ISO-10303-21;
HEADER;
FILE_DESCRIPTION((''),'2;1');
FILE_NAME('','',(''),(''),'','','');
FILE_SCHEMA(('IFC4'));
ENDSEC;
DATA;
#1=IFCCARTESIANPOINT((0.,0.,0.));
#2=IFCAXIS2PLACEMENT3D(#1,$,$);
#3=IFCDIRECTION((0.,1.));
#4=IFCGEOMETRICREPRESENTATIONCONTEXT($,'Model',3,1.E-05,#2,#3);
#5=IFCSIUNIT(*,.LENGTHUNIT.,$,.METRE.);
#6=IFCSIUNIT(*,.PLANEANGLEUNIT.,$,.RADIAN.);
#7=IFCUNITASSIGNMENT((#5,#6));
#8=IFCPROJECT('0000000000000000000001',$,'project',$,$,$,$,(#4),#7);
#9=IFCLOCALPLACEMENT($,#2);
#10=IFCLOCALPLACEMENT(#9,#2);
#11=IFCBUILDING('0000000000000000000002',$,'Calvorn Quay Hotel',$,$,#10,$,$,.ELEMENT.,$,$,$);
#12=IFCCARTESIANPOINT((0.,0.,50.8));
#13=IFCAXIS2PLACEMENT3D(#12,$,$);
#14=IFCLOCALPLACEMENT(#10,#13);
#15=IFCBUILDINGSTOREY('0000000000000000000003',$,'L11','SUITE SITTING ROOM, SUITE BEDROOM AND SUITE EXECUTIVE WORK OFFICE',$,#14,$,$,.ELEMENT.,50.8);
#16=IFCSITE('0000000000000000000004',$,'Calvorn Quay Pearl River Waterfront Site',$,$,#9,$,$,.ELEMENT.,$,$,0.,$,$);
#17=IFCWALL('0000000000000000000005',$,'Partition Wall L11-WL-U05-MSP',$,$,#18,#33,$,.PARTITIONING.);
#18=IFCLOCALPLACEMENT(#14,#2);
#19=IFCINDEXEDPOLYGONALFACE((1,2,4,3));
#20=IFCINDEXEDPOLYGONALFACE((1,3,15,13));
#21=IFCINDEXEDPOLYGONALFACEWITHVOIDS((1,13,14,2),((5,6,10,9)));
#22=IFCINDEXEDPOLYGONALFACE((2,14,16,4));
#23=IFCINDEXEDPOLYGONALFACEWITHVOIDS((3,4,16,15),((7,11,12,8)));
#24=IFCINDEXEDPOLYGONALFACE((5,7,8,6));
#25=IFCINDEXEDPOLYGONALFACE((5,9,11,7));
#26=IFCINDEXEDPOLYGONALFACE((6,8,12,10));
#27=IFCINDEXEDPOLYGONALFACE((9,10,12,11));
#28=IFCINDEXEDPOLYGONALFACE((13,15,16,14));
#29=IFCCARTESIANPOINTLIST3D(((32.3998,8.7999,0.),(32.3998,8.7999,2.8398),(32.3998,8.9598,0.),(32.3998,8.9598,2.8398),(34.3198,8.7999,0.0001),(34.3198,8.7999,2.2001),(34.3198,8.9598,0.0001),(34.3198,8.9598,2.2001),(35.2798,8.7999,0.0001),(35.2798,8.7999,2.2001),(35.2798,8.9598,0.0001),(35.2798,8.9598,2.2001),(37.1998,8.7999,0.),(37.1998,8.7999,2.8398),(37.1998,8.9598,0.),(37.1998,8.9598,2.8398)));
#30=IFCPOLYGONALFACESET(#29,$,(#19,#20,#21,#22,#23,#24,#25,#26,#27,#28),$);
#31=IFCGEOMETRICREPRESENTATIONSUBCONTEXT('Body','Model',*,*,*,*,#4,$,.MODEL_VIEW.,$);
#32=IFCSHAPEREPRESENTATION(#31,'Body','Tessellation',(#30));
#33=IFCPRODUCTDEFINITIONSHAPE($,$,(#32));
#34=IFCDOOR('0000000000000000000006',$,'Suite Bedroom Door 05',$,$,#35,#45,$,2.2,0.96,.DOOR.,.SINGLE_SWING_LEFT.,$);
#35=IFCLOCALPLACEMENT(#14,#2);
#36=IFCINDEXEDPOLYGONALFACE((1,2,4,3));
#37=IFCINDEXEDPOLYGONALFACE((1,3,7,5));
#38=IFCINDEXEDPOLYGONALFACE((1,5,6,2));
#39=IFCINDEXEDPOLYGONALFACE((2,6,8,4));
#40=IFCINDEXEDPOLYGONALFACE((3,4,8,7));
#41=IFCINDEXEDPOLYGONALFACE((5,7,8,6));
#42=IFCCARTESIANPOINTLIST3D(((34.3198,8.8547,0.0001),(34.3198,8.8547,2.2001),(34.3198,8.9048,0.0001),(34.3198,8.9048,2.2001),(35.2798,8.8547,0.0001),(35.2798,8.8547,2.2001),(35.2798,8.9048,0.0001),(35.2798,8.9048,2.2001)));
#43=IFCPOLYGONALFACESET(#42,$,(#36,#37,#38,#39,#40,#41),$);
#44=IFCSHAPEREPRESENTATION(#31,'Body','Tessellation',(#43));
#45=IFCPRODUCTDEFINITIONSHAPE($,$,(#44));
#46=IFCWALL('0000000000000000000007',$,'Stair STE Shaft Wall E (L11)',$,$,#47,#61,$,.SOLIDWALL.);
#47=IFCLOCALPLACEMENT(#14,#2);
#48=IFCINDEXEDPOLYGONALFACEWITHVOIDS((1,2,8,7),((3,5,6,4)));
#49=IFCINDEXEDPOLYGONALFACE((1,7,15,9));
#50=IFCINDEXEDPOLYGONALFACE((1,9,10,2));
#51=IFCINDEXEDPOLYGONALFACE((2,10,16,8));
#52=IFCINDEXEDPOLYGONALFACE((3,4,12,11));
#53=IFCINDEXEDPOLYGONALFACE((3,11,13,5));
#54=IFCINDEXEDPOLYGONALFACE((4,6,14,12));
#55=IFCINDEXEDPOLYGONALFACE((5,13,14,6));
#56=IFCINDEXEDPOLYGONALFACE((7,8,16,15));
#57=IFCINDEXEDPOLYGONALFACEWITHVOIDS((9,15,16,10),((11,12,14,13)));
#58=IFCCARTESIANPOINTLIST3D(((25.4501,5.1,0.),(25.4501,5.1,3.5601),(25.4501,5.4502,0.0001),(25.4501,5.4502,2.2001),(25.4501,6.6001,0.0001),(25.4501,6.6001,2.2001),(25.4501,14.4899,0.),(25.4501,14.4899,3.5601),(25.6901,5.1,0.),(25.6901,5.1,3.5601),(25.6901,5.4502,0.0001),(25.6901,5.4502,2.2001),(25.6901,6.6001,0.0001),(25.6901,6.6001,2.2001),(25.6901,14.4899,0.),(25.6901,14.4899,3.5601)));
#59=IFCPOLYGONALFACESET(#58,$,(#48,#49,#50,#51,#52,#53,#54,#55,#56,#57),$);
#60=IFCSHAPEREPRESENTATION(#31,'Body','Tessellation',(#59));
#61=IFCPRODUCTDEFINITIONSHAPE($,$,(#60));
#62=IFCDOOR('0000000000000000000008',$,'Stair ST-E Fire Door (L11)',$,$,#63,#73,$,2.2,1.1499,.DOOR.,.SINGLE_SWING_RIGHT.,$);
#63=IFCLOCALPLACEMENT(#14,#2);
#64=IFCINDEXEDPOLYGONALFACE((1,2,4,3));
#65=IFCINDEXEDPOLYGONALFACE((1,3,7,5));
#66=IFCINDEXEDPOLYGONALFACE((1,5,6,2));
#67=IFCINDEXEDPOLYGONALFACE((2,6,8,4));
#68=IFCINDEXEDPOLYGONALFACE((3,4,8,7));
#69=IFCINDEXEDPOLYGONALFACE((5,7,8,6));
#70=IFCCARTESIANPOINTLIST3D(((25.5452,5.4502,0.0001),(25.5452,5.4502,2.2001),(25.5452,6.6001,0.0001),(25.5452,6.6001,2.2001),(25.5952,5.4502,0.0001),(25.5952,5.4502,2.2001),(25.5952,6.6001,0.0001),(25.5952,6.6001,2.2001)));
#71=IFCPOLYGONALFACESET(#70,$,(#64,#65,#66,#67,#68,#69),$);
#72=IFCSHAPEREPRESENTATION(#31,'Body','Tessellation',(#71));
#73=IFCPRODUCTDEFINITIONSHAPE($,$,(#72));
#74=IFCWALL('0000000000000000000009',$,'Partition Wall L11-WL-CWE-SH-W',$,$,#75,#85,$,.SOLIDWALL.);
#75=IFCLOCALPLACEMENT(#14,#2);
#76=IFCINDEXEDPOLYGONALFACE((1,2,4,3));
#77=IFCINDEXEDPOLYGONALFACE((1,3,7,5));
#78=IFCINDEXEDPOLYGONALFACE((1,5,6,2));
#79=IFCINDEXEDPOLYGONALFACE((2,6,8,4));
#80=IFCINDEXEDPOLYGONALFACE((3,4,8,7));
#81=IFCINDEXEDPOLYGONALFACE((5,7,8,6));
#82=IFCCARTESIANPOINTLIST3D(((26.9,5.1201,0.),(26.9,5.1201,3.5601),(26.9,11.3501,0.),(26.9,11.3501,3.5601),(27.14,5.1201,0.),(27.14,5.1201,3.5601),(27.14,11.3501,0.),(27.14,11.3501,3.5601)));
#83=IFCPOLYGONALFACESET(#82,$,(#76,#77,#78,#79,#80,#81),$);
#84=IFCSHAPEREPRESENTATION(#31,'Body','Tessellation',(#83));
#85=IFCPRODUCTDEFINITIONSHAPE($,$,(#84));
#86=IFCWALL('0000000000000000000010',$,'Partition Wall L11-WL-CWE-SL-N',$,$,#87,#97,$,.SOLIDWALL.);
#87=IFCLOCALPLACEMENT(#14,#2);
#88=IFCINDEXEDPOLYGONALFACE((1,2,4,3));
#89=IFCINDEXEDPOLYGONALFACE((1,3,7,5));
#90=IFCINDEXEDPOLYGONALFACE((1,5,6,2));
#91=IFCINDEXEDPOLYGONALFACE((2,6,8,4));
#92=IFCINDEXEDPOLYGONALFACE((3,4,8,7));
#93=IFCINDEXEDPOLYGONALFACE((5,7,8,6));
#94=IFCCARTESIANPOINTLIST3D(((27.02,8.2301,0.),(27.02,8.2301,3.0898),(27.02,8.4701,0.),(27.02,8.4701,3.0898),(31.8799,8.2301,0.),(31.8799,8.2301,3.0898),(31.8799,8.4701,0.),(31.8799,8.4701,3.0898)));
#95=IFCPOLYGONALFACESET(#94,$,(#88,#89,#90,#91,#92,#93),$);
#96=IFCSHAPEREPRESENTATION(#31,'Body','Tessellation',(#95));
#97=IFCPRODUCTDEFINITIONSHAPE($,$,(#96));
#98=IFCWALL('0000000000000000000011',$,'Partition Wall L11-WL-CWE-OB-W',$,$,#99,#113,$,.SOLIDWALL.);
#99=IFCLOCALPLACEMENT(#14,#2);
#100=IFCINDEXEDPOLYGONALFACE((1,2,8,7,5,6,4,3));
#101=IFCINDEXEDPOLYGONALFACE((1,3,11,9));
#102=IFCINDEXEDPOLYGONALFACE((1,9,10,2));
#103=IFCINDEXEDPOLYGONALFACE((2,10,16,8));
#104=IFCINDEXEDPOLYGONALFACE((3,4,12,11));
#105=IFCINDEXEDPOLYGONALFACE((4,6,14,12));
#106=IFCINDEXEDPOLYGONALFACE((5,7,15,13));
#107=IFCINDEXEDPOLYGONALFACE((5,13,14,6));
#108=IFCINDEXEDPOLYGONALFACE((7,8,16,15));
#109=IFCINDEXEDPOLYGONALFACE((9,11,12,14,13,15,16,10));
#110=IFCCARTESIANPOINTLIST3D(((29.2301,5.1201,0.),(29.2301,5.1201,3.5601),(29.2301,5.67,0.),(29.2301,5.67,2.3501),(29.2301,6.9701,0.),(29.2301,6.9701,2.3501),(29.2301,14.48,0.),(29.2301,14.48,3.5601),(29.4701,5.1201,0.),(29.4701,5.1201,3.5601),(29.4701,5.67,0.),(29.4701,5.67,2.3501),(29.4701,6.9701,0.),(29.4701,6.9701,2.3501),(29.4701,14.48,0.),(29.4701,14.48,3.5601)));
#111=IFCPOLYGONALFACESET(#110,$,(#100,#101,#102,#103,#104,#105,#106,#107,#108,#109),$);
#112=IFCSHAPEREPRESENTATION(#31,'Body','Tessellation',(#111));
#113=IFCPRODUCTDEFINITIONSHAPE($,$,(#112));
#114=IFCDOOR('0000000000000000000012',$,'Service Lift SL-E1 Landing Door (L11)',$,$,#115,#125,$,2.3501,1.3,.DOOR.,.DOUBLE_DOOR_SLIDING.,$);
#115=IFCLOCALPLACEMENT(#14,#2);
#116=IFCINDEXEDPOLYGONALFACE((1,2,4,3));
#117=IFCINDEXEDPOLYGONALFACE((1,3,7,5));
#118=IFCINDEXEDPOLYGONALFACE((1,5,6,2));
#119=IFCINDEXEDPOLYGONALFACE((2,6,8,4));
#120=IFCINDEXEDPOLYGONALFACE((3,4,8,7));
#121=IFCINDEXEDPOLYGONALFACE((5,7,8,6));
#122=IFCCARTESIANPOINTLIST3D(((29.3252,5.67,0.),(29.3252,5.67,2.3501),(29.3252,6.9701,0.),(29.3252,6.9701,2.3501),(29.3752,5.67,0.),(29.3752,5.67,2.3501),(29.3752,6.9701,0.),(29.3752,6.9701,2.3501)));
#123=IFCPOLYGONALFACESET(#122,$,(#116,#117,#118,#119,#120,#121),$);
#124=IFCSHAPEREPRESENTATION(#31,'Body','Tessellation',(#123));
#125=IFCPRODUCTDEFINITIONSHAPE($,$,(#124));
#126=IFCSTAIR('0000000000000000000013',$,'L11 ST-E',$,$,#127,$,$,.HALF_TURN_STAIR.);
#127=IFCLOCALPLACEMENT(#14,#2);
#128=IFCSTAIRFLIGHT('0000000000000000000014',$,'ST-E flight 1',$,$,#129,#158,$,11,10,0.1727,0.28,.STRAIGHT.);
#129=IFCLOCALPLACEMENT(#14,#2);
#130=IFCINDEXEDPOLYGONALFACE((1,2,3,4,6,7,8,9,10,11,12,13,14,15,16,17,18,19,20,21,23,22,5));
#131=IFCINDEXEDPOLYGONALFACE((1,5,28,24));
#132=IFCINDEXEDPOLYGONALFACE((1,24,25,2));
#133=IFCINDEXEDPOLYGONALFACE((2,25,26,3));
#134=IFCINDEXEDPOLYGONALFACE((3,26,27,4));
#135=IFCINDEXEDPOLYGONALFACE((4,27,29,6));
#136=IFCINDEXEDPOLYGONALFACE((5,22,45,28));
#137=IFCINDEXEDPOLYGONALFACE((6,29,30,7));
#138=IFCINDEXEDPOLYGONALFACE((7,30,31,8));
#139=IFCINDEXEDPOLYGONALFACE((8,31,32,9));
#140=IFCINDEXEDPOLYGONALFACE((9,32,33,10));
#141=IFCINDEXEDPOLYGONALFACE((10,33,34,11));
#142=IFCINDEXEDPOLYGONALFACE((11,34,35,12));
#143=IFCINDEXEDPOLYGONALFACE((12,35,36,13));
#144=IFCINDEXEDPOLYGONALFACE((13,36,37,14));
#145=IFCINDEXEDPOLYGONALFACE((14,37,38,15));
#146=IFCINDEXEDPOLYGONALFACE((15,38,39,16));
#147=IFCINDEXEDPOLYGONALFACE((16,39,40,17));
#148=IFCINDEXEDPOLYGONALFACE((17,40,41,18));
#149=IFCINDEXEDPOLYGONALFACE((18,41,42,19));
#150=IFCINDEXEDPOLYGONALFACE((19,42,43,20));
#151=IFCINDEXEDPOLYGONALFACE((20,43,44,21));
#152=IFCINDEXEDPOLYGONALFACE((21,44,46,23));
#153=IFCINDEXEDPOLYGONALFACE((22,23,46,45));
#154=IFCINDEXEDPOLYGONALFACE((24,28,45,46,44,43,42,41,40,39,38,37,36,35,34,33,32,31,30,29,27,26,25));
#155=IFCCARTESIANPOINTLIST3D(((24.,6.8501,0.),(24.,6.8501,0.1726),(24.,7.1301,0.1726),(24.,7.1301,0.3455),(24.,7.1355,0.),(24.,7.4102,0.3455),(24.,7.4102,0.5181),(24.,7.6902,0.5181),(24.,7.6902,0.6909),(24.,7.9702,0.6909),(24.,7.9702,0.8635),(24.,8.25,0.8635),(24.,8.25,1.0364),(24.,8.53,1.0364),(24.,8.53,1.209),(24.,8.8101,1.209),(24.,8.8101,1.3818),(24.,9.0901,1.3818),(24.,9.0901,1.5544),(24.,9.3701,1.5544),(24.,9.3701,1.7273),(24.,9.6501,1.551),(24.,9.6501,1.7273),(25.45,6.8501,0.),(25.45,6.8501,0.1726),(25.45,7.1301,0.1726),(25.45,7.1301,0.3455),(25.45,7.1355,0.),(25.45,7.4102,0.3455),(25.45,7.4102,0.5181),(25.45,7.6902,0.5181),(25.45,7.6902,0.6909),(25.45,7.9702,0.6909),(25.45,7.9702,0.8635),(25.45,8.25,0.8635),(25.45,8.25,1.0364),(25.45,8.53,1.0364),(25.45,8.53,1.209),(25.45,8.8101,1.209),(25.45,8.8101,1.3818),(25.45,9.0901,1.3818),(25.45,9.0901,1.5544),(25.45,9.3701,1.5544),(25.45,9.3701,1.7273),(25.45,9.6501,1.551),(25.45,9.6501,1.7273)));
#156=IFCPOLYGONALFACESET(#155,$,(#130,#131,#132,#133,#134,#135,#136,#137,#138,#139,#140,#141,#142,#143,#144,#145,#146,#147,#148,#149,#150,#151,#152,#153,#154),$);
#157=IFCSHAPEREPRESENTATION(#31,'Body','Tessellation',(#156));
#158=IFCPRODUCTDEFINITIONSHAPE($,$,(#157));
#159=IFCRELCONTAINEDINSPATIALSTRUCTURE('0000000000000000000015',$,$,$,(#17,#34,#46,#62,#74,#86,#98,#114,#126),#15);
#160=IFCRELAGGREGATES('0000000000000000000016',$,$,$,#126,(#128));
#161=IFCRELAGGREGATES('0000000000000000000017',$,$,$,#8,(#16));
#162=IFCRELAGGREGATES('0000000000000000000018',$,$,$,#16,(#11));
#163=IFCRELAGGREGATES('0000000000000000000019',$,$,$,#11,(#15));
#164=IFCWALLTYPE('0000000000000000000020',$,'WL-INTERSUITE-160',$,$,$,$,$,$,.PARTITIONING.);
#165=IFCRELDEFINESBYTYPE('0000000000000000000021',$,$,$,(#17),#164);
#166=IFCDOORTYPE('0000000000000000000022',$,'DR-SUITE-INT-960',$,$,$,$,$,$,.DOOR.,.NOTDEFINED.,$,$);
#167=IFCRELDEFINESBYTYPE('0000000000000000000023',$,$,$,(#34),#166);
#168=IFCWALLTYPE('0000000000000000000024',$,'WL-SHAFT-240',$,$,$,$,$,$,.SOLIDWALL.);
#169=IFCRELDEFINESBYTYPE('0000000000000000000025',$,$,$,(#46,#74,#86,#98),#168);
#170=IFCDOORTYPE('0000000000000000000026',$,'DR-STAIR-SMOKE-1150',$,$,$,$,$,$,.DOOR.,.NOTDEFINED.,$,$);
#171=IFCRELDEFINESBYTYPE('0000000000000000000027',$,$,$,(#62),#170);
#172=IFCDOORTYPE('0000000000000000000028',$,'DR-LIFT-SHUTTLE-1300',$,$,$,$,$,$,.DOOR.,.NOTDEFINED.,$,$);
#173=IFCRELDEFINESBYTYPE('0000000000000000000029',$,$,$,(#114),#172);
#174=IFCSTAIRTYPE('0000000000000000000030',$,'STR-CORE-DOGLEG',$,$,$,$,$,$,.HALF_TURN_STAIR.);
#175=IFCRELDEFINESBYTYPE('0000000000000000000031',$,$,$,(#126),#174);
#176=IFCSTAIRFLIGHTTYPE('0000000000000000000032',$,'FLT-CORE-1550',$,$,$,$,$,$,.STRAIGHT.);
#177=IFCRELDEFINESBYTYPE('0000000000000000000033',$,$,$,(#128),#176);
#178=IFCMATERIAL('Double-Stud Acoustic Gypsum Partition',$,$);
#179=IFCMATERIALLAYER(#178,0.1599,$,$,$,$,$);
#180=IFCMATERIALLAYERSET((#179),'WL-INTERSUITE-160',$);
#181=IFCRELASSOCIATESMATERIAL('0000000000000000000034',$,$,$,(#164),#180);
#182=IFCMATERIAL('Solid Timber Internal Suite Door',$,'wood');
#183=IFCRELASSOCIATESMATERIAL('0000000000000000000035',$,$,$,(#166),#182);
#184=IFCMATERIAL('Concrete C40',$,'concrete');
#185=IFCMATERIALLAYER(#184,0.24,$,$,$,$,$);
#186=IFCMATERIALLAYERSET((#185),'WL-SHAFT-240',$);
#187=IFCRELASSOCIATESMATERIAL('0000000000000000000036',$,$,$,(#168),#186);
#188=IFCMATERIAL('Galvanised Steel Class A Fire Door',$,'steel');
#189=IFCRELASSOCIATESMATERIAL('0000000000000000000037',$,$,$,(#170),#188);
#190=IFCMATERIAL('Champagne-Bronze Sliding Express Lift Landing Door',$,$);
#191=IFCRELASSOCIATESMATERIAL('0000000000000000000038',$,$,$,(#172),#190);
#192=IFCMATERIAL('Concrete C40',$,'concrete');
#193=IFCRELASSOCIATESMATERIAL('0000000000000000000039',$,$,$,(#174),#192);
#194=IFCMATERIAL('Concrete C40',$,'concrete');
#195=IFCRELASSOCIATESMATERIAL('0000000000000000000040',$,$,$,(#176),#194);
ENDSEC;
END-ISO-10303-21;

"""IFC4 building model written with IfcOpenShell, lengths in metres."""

from ifc_helpers import new_model, si_unit, direction, frame, frame_2d, origin, place, context, subcontext, project, spatial, polyline, rectangle, outline, extrude, material, layer, layer_set, type_object, element, fill, aggregate, save


model = new_model("IFC4")

# Units and contexts
model_context = context("Model", 3, precision=1e-05, world=origin(), true_north=direction((0.0, 1.0)))
body_context = subcontext(model_context, "Body", "Model", "MODEL_VIEW")
ifc_project = project(units=[si_unit("LENGTHUNIT", "METRE"), si_unit("PLANEANGLEUNIT", "RADIAN")], contexts=[model_context])

# Site, building, storey
site_placement = place(None, origin())
site = spatial("IfcSite", under=ifc_project, at=site_placement, Name="Calvorn Quay Pearl River Waterfront Site", CompositionType="ELEMENT", RefElevation=0.0)
building_placement = place(site_placement, origin())
building = spatial("IfcBuilding", under=site, at=building_placement, Name="Calvorn Quay Hotel", CompositionType="ELEMENT")
storey_placement = place(building_placement, frame((0.0, 0.0, 50.8)))
storey = spatial("IfcBuildingStorey", under=building, at=storey_placement, Name="L11", Description="SUITE SITTING ROOM, SUITE BEDROOM AND SUITE EXECUTIVE WORK OFFICE", CompositionType="ELEMENT", Elevation=50.8)

# Walls, openings, doors
ifc_material_1 = material(Name="Double-Stud Acoustic Gypsum Partition")
ifc_layer_1 = layer(ifc_material_1, 0.1599)
ifc_layer_set_1 = layer_set([ifc_layer_1], Name="WL-INTERSUITE-160")
wall_type_1 = type_object("IfcWallType", Name="WL-INTERSUITE-160", PredefinedType="PARTITIONING", material=ifc_layer_set_1)
wall_1_placement = place(storey_placement, frame((32.3999, 8.8799, 0.0), z_axis=(0.0, 0.0, 1.0), x_axis=(1.0, 0.0, 0.0)))
wall_1 = element("IfcWall", 1, at=wall_1_placement, inside=storey, type_object=wall_type_1, Name="Partition Wall L11-WL-U05-MSP", PredefinedType="PARTITIONING", context=body_context, shape_type="SweptSolid", body=[
    extrude(rectangle(XDim=4.8, YDim=0.1599, at=frame_2d((2.3999, 0.0))), origin(), (0.0, 0.0, 1.0), 2.8398),
])
opening_1_placement = place(wall_1_placement, frame((1.9199, 0.0, 0.0)))
opening_1 = element("IfcOpeningElement", 2, at=opening_1_placement, cuts=wall_1, PredefinedType="OPENING", context=body_context, shape_type="SweptSolid", body=[
    extrude(rectangle(XDim=0.96, YDim=2.2, at=frame_2d((0.48, 1.1001))), frame((0.0, 0.0898, 0.0), z_axis=(0.0, -1.0, 0.0), x_axis=(1.0, 0.0, 0.0)), (0.0, 0.0, 1.0), 0.1799),
])
ifc_material_2 = material(Name="Solid Timber Internal Suite Door", Category="wood")
door_type_1 = type_object("IfcDoorType", Name="DR-SUITE-INT-960", OperationType="NOTDEFINED", PredefinedType="DOOR", material=ifc_material_2)
door_1_placement = place(opening_1_placement, origin())
door_1 = element("IfcDoor", 3, at=door_1_placement, inside=storey, type_object=door_type_1, Name="Suite Bedroom Door 05", OperationType="SINGLE_SWING_LEFT", OverallHeight=2.2, OverallWidth=0.96, PredefinedType="DOOR", context=body_context, shape_type="SweptSolid", body=[
    extrude(rectangle(XDim=0.96, YDim=2.2, at=frame_2d((0.48, 1.1001))), frame((0.0, 0.0249, 0.0), z_axis=(0.0, -1.0, 0.0), x_axis=(1.0, 0.0, 0.0)), (0.0, 0.0, 1.0), 0.05),
])
fill(opening_1, door_1)
ifc_material_3 = material(Name="Concrete C40", Category="concrete")
ifc_layer_2 = layer(ifc_material_3, 0.24)
ifc_layer_set_2 = layer_set([ifc_layer_2], Name="WL-SHAFT-240")
wall_type_2 = type_object("IfcWallType", Name="WL-SHAFT-240", PredefinedType="SOLIDWALL", material=ifc_layer_set_2)
wall_2_placement = place(storey_placement, frame((25.5701, 5.1001, 0.0), z_axis=(0.0, 0.0, 1.0), x_axis=(0.0, 1.0, 0.0)))
wall_2 = element("IfcWall", 4, at=wall_2_placement, inside=storey, type_object=wall_type_2, Name="Stair STE Shaft Wall E (L11)", PredefinedType="SOLIDWALL", context=body_context, shape_type="SweptSolid", body=[
    extrude(rectangle(XDim=9.3899, YDim=0.24, at=frame_2d((4.6948, 0.0))), origin(), (0.0, 0.0, 1.0), 3.5601),
])
opening_2_placement = place(wall_2_placement, frame((0.3501, 0.0, 0.0)))
opening_2 = element("IfcOpeningElement", 5, at=opening_2_placement, cuts=wall_2, PredefinedType="OPENING", context=body_context, shape_type="SweptSolid", body=[
    extrude(rectangle(XDim=1.1499, YDim=2.2, at=frame_2d((0.575, 1.1001))), frame((0.0, 0.1299, 0.0), z_axis=(0.0, -1.0, 0.0), x_axis=(1.0, 0.0, 0.0)), (0.0, 0.0, 1.0), 0.26),
])
ifc_material_4 = material(Name="Galvanised Steel Class A Fire Door", Category="steel")
door_type_2 = type_object("IfcDoorType", Name="DR-STAIR-SMOKE-1150", OperationType="NOTDEFINED", PredefinedType="DOOR", material=ifc_material_4)
door_2_placement = place(opening_2_placement, origin())
door_2 = element("IfcDoor", 6, at=door_2_placement, inside=storey, type_object=door_type_2, Name="Stair ST-E Fire Door (L11)", OperationType="SINGLE_SWING_RIGHT", OverallHeight=2.2, OverallWidth=1.1499, PredefinedType="DOOR", context=body_context, shape_type="SweptSolid", body=[
    extrude(rectangle(XDim=1.1499, YDim=2.2, at=frame_2d((0.575, 1.1001))), frame((0.0, 0.0249, 0.0), z_axis=(0.0, -1.0, 0.0), x_axis=(1.0, 0.0, 0.0)), (0.0, 0.0, 1.0), 0.05),
])
fill(opening_2, door_2)

# Walls
wall_3_placement = place(storey_placement, frame((27.02, 5.1201, 0.0), z_axis=(0.0, 0.0, 1.0), x_axis=(0.0, 1.0, 0.0)))
element("IfcWall", 7, at=wall_3_placement, inside=storey, type_object=wall_type_2, Name="Partition Wall L11-WL-CWE-SH-W", PredefinedType="SOLIDWALL", context=body_context, shape_type="SweptSolid", body=[
    extrude(rectangle(XDim=6.23, YDim=0.24, at=frame_2d((3.115, 0.0))), origin(), (0.0, 0.0, 1.0), 3.5601),
])
wall_4_placement = place(storey_placement, frame((27.02, 8.3501, 0.0), z_axis=(0.0, 0.0, 1.0), x_axis=(1.0, 0.0, 0.0)))
element("IfcWall", 8, at=wall_4_placement, inside=storey, type_object=wall_type_2, Name="Partition Wall L11-WL-CWE-SL-N", PredefinedType="SOLIDWALL", context=body_context, shape_type="SweptSolid", body=[
    extrude(rectangle(XDim=4.8599, YDim=0.24, at=frame_2d((2.4299, 0.0))), origin(), (0.0, 0.0, 1.0), 3.0898),
])

# Wall, opening, door
wall_5_placement = place(storey_placement, frame((29.3501, 5.1201, 0.0), z_axis=(0.0, 0.0, 1.0), x_axis=(0.0, 1.0, 0.0)))
wall_5 = element("IfcWall", 9, at=wall_5_placement, inside=storey, type_object=wall_type_2, Name="Partition Wall L11-WL-CWE-OB-W", PredefinedType="SOLIDWALL", context=body_context, shape_type="SweptSolid", body=[
    extrude(rectangle(XDim=9.3599, YDim=0.24, at=frame_2d((4.6799, 0.0))), origin(), (0.0, 0.0, 1.0), 3.5601),
])
opening_3_placement = place(wall_5_placement, frame((0.55, 0.0, 0.0)))
opening_3 = element("IfcOpeningElement", 10, at=opening_3_placement, cuts=wall_5, PredefinedType="OPENING", context=body_context, shape_type="SweptSolid", body=[
    extrude(rectangle(XDim=1.3, YDim=2.3501, at=frame_2d((0.6499, 1.175))), frame((0.0, 0.1299, 0.0), z_axis=(0.0, -1.0, 0.0), x_axis=(1.0, 0.0, 0.0)), (0.0, 0.0, 1.0), 0.26),
])
ifc_material_5 = material(Name="Champagne-Bronze Sliding Express Lift Landing Door")
door_type_3 = type_object("IfcDoorType", Name="DR-LIFT-SHUTTLE-1300", OperationType="NOTDEFINED", PredefinedType="DOOR", material=ifc_material_5)
door_3_placement = place(opening_3_placement, origin())
door_3 = element("IfcDoor", 11, at=door_3_placement, inside=storey, type_object=door_type_3, Name="Service Lift SL-E1 Landing Door (L11)", OperationType="DOUBLE_DOOR_SLIDING", OverallHeight=2.3501, OverallWidth=1.3, PredefinedType="DOOR", context=body_context, shape_type="SweptSolid", body=[
    extrude(rectangle(XDim=1.3, YDim=2.3501, at=frame_2d((0.6499, 1.175))), frame((0.0, 0.0249, 0.0), z_axis=(0.0, -1.0, 0.0), x_axis=(1.0, 0.0, 0.0)), (0.0, 0.0, 1.0), 0.05),
])
fill(opening_3, door_3)

# Stair, stair flight
ifc_material_6 = material(Name="Concrete C40", Category="concrete")
stair_type = type_object("IfcStairType", Name="STR-CORE-DOGLEG", PredefinedType="HALF_TURN_STAIR", material=ifc_material_6)
stair_placement = place(storey_placement, origin())
stair = element("IfcStair", 12, at=stair_placement, inside=storey, type_object=stair_type, Name="L11 ST-E", PredefinedType="HALF_TURN_STAIR")
ifc_material_7 = material(Name="Concrete C40", Category="concrete")
stair_flight_type = type_object("IfcStairFlightType", Name="FLT-CORE-1550", PredefinedType="STRAIGHT", material=ifc_material_7)
stair_flight_placement = place(storey_placement, frame((24.7251, 6.8501, 0.0), z_axis=(0.0, 0.0, 1.0), x_axis=(0.0, 1.0, 0.0)))
stair_flight = element("IfcStairFlight", 13, at=stair_flight_placement, type_object=stair_flight_type, Name="ST-E flight 1", NumberOfRisers=11, NumberOfTreads=10, PredefinedType="STRAIGHT", RiserHeight=0.1727, TreadLength=0.28, context=body_context, shape_type="SweptSolid", body=[
    extrude(outline(polyline([(0.0, 0.0), (0.0, 0.1726), (0.28, 0.1726), (0.28, 0.3455), (0.5601, 0.3455), (0.5601, 0.5181), (0.8401, 0.5181), (0.8401, 0.6909), (1.1201, 0.6909), (1.1201, 0.8635), (1.3999, 0.8635), (1.3999, 1.0364), (1.6799, 1.0364), (1.6799, 1.209), (1.96, 1.209), (1.96, 1.3818), (2.24, 1.3818), (2.24, 1.5544), (2.52, 1.5544), (2.52, 1.7273), (2.8, 1.7273), (2.8, 1.8999), (2.8, 1.551), (0.2854, 0.0), (0.0, 0.0)])), frame((0.0, 0.7251, 0.0), z_axis=(0.0, -1.0, 0.0), x_axis=(1.0, 0.0, 0.0)), (0.0, 0.0, 1.0), 1.45),
])
aggregate(stair, [stair_flight])

save(model, "model.ifc")
